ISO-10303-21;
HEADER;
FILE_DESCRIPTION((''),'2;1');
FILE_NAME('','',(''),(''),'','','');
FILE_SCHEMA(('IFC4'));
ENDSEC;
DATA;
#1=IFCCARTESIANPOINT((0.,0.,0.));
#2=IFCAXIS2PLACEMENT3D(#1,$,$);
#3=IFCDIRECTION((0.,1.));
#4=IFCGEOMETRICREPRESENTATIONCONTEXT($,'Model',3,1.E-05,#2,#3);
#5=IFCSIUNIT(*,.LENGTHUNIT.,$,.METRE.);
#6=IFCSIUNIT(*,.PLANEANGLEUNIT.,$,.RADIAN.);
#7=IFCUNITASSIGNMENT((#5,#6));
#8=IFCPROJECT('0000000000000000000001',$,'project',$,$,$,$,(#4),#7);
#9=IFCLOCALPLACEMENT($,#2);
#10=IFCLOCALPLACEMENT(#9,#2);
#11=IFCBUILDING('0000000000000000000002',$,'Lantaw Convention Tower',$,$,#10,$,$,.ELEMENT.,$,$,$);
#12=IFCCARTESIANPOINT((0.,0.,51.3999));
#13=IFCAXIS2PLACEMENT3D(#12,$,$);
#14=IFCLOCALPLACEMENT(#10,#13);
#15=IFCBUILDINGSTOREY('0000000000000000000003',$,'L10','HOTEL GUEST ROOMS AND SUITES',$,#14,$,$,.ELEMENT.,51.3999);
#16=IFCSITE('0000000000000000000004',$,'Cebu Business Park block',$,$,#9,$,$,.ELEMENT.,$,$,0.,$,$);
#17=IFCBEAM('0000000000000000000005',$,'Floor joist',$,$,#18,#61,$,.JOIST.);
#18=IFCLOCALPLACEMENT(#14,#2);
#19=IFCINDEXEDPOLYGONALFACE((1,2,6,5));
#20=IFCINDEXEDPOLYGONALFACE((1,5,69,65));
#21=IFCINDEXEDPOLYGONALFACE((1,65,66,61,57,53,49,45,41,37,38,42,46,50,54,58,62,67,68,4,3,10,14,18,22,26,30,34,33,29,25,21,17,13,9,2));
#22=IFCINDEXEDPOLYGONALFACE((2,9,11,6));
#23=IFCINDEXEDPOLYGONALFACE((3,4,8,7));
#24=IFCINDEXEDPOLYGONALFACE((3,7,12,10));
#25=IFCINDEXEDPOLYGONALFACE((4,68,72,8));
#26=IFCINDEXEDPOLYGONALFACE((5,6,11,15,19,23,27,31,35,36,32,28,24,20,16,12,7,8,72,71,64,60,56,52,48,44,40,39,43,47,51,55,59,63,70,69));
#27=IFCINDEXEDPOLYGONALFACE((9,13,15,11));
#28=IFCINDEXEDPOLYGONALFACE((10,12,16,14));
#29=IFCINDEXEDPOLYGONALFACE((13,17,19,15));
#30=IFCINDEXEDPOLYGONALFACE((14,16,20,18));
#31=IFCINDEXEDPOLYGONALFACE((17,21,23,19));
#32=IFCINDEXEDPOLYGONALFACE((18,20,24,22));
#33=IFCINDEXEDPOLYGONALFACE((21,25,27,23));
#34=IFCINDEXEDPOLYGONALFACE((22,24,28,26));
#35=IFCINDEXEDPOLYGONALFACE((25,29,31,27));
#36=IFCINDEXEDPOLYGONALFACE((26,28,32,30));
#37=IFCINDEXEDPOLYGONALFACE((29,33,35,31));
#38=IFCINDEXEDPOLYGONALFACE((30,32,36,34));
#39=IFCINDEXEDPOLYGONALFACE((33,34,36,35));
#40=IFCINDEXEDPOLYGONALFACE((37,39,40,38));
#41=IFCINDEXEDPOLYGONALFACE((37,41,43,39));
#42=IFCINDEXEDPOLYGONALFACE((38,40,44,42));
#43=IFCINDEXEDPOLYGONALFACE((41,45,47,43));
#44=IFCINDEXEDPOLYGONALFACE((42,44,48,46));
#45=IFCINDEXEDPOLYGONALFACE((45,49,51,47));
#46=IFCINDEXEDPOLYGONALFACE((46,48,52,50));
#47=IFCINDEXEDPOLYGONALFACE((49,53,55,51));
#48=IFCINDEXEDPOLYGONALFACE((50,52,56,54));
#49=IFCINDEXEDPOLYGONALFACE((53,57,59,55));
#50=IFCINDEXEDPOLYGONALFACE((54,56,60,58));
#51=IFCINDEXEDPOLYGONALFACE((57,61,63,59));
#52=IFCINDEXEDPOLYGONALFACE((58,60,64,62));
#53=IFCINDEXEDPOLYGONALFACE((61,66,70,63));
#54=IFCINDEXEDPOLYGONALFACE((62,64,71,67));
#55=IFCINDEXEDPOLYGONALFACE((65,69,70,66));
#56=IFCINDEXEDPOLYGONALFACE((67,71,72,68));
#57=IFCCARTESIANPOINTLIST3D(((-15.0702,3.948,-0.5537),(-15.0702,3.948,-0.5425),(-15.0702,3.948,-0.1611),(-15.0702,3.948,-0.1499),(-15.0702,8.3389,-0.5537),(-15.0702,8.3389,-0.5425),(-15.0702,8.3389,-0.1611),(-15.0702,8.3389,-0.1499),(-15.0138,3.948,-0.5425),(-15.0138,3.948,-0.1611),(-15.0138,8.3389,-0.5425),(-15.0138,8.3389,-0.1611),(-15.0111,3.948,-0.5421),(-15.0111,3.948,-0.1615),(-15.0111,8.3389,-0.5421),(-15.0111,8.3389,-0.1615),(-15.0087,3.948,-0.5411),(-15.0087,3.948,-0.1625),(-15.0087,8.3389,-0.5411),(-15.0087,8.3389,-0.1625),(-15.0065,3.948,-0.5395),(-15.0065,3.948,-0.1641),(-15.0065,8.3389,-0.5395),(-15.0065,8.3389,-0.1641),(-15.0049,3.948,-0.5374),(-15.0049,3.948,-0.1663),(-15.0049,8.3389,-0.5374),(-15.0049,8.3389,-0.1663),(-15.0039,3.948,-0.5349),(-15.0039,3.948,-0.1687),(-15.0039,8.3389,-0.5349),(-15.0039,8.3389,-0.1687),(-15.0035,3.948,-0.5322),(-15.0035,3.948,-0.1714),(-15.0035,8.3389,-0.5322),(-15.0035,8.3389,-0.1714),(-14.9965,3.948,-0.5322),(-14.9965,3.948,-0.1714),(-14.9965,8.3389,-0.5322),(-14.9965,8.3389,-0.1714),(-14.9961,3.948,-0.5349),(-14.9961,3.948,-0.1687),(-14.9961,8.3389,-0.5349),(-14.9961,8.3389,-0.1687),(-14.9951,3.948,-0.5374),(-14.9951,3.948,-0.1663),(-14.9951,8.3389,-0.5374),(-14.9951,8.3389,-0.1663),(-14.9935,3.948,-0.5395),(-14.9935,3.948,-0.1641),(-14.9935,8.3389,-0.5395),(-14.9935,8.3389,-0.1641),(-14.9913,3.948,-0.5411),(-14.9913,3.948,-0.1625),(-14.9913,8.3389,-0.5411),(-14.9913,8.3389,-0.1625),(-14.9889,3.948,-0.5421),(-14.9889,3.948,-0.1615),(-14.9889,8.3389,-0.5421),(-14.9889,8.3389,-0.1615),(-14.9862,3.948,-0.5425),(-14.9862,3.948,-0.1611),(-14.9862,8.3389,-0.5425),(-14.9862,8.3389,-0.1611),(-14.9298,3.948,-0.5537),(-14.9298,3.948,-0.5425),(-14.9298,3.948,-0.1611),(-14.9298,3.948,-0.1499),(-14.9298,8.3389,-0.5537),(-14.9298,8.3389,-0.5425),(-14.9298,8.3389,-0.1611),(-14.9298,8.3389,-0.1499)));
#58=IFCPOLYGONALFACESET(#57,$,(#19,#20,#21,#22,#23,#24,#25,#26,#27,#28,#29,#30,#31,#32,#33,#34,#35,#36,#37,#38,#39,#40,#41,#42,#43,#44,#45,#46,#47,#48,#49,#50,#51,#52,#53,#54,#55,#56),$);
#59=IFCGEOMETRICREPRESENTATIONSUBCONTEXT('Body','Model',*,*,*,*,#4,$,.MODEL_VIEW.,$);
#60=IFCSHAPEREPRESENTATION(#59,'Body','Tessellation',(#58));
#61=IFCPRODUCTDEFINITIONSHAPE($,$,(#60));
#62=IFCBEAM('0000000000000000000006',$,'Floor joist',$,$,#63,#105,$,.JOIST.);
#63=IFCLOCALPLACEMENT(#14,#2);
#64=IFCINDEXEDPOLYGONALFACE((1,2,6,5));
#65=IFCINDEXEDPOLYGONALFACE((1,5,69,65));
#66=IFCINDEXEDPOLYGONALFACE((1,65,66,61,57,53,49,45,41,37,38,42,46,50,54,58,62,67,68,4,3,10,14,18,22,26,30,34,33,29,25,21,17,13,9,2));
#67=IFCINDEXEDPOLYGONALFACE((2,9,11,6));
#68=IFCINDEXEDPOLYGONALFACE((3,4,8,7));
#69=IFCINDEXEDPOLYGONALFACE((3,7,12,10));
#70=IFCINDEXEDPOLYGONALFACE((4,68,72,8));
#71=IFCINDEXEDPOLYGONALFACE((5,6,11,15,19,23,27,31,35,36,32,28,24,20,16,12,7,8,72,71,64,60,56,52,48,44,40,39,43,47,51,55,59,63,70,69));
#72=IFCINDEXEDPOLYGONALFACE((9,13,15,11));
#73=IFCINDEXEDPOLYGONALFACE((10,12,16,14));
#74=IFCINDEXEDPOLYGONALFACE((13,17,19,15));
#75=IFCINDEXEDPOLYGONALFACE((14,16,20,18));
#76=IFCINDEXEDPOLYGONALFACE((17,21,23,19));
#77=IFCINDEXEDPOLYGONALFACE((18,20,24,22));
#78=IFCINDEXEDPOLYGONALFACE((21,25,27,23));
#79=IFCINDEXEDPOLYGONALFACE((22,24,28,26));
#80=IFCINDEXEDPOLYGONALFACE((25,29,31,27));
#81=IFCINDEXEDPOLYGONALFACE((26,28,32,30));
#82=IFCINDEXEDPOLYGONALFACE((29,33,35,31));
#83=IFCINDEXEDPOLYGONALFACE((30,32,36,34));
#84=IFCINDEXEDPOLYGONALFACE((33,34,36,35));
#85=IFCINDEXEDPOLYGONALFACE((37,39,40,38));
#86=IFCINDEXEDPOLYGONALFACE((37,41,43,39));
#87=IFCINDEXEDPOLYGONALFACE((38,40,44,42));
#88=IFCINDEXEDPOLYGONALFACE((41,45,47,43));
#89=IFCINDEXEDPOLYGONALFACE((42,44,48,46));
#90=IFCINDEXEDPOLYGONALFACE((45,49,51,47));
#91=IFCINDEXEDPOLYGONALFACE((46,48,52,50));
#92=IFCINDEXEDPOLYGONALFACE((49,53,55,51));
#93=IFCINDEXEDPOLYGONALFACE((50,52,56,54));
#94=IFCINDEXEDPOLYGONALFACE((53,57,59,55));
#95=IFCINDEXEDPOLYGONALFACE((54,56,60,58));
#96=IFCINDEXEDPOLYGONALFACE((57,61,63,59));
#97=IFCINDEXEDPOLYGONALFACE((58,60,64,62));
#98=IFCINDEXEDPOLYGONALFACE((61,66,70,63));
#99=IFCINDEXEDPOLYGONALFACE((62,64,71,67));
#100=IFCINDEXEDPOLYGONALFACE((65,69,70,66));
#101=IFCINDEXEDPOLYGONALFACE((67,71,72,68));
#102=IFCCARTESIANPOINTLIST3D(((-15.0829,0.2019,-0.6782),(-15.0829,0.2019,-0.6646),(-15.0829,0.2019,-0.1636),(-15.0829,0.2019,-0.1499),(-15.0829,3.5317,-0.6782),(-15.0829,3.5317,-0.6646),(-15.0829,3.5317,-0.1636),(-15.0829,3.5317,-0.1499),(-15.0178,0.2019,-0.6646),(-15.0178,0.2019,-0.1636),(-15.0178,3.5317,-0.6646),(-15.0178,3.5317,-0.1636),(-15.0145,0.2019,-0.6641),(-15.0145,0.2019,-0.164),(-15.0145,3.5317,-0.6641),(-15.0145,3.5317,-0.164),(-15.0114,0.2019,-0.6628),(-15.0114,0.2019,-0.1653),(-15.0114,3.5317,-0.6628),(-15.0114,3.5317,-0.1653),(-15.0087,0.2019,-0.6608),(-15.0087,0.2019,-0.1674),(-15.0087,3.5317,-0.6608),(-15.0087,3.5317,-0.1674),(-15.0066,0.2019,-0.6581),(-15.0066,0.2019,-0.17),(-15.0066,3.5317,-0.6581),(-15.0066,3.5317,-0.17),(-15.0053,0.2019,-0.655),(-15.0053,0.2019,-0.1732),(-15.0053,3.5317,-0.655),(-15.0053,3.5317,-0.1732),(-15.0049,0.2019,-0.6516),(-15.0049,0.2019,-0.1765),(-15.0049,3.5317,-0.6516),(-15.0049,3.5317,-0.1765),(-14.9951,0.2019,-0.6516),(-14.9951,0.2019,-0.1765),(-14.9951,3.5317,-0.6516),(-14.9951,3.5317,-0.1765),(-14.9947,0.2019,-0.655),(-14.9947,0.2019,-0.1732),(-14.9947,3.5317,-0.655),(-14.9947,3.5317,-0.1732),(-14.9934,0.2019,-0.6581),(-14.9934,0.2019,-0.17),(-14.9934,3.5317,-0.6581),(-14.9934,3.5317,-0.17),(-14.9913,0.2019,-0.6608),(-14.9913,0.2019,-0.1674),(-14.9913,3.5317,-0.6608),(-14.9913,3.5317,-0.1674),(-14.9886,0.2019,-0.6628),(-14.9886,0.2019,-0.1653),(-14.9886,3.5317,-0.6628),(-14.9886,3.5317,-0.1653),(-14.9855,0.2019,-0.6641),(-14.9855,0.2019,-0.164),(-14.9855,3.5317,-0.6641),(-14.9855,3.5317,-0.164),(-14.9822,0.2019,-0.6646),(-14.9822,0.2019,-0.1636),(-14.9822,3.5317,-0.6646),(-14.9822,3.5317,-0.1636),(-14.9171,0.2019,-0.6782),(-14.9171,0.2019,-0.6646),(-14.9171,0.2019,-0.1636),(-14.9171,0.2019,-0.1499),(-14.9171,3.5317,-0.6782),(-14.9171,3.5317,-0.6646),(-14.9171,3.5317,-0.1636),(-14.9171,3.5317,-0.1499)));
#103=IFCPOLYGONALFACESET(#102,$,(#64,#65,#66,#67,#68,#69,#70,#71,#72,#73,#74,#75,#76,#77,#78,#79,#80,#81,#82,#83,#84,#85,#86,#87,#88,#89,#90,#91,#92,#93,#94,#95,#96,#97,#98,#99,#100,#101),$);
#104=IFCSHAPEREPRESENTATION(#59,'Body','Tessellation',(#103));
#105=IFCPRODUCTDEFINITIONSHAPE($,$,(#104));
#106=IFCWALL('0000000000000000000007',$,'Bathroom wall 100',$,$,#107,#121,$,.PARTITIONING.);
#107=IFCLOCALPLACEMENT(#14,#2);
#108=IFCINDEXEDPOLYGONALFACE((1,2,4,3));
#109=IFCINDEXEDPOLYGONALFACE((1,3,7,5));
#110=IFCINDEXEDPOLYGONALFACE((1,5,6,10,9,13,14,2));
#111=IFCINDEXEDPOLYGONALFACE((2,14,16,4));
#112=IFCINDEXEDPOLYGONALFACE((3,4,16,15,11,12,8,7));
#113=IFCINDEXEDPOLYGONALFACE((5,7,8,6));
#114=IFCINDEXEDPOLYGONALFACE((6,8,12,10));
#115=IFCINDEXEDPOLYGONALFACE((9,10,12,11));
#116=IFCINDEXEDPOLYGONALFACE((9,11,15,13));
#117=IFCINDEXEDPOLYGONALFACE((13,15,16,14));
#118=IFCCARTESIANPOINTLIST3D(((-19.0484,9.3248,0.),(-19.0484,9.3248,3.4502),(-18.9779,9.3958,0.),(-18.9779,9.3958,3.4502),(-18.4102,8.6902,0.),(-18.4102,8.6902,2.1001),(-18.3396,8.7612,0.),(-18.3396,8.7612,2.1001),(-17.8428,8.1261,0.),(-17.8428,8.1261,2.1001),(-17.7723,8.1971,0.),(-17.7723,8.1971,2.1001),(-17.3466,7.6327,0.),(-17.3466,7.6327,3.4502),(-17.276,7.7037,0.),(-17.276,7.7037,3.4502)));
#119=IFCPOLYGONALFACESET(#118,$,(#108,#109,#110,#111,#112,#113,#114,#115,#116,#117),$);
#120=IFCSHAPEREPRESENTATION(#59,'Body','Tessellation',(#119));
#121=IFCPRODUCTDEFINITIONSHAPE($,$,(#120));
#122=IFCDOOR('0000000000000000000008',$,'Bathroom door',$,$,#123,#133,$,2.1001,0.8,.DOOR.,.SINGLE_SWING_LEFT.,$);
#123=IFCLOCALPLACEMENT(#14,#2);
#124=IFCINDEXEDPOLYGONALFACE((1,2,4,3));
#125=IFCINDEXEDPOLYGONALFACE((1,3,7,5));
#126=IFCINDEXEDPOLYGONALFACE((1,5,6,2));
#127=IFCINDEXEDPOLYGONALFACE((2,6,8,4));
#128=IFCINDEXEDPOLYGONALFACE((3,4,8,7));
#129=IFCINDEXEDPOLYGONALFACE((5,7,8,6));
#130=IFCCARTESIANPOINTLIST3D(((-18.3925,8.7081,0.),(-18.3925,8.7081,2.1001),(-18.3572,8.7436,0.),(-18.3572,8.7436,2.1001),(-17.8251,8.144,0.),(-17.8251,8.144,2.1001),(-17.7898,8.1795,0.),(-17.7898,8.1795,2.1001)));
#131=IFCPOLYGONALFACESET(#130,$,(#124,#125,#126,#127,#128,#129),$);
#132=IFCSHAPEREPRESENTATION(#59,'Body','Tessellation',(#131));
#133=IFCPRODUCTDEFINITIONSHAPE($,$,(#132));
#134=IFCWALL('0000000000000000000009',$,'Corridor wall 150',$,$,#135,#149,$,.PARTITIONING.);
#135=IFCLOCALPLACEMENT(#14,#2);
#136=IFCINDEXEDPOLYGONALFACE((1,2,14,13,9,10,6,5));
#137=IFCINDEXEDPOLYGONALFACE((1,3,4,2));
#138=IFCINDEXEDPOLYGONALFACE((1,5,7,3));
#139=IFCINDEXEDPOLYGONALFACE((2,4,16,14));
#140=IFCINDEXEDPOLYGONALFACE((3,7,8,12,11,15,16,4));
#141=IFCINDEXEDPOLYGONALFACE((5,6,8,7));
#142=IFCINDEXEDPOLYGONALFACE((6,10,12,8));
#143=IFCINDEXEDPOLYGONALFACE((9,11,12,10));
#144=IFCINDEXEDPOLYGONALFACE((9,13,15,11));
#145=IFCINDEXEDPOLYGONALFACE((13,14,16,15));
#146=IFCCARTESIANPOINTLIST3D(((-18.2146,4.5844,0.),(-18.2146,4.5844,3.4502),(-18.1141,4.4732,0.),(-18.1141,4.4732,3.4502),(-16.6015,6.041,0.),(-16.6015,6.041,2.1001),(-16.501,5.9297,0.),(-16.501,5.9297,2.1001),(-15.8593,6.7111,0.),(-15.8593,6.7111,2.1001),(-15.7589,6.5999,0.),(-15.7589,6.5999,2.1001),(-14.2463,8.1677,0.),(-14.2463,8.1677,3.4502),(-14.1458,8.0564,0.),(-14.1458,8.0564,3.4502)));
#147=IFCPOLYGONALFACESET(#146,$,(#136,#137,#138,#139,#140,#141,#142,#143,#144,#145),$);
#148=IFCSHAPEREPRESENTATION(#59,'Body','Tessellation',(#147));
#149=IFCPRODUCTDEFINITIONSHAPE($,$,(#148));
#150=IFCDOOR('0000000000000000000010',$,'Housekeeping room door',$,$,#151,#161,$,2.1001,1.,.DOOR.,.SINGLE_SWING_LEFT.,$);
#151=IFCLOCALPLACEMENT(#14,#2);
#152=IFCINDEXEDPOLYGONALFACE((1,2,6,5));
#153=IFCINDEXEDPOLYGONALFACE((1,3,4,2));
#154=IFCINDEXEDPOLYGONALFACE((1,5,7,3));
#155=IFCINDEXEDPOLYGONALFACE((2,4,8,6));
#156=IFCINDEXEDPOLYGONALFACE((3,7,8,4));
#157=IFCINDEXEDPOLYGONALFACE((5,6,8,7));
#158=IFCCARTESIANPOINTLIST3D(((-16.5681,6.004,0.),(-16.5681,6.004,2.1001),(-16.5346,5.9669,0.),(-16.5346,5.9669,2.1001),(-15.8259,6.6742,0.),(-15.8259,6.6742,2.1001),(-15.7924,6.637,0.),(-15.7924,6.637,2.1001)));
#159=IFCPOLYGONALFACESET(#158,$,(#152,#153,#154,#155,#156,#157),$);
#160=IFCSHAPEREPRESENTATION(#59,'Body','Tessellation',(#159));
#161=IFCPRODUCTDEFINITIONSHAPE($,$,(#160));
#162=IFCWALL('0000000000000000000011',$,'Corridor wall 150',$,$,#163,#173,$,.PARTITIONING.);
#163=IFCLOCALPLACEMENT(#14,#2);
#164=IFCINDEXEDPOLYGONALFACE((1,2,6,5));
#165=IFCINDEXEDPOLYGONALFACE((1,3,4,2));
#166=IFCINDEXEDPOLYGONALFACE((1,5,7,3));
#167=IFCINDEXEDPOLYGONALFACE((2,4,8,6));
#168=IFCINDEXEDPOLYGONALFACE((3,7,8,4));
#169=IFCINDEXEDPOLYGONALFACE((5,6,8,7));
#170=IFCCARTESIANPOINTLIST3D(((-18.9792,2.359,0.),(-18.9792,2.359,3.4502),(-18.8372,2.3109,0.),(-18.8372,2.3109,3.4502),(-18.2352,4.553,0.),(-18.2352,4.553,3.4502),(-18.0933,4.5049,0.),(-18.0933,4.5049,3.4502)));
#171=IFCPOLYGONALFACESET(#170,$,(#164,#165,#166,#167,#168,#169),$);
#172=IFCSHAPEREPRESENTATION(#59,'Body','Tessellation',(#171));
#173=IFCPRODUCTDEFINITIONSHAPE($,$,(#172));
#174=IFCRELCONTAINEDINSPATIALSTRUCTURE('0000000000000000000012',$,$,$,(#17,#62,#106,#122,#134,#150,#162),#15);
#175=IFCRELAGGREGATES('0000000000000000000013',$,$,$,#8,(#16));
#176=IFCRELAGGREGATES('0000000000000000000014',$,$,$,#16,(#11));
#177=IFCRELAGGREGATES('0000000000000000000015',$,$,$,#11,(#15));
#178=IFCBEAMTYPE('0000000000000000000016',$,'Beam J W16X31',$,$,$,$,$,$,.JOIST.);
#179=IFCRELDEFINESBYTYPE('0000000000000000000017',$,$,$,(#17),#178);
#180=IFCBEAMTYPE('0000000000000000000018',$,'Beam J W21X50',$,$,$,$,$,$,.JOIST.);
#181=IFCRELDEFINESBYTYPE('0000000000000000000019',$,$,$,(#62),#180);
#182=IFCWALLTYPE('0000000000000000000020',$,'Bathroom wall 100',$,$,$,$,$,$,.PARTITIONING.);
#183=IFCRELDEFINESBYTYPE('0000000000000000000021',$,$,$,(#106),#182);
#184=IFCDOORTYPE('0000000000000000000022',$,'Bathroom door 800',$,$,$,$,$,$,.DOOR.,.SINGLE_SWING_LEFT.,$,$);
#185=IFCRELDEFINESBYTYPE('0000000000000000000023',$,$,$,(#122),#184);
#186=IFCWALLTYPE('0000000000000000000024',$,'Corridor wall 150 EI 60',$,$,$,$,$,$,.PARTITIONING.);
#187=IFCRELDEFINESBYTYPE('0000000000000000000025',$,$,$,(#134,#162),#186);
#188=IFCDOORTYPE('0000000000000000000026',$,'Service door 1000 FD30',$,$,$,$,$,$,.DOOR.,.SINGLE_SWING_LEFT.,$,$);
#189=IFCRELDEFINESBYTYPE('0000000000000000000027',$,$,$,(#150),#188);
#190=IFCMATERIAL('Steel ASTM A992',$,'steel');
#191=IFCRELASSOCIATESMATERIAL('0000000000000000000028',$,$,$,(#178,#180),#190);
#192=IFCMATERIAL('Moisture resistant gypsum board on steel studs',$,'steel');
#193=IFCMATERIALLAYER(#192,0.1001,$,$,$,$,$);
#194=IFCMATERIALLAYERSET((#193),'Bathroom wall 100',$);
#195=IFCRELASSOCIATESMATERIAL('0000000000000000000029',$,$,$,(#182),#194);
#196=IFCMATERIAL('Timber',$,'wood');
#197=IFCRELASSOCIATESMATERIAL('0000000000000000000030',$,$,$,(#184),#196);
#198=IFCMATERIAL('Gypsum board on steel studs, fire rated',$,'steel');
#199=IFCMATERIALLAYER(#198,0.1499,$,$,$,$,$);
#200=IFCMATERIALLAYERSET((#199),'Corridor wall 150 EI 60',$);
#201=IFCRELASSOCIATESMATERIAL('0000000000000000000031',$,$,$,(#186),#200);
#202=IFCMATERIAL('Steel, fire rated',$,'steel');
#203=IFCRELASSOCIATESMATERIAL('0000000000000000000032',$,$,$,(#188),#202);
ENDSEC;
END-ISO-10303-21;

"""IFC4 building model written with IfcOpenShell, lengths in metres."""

from ifc_helpers import new_model, si_unit, direction, frame, frame_2d, origin, origin_2d, place, context, subcontext, project, spatial, rectangle, i_section, extrude, material, layer, layer_set, material_profile, profile_set, type_object, element, fill, save


model = new_model("IFC4")

# Units and contexts
model_context = context("Model", 3, precision=1e-05, world=origin(), true_north=direction((0.0, 1.0)))
body_context = subcontext(model_context, "Body", "Model", "MODEL_VIEW")
ifc_project = project(units=[si_unit("LENGTHUNIT", "METRE"), si_unit("PLANEANGLEUNIT", "RADIAN")], contexts=[model_context])

# Site, building, storey
site_placement = place(None, origin())
site = spatial("IfcSite", under=ifc_project, at=site_placement, Name="Cebu Business Park block", CompositionType="ELEMENT", RefElevation=0.0)
building_placement = place(site_placement, origin())
building = spatial("IfcBuilding", under=site, at=building_placement, Name="Lantaw Convention Tower", CompositionType="ELEMENT")
storey_placement = place(building_placement, frame((0.0, 0.0, 51.3999)))
storey = spatial("IfcBuildingStorey", under=building, at=storey_placement, Name="L10", Description="HOTEL GUEST ROOMS AND SUITES", CompositionType="ELEMENT", Elevation=51.3999)

# Beams
ifc_material_1 = material(Name="Steel ASTM A992", Category="steel")
ifc_material_profile_1 = material_profile(ifc_material_1, i_section(OverallWidth=0.1404, OverallDepth=0.4038, WebThickness=0.0071, FlangeThickness=0.0112, FilletRadius=0.0103, at=origin_2d()), Name="W16X31")
ifc_profile_set_1 = profile_set([ifc_material_profile_1], Name="Steel ASTM A992")
beam_type_1 = type_object("IfcBeamType", Name="Beam J W16X31", PredefinedType="JOIST", material=ifc_profile_set_1)
beam_1_placement = place(storey_placement, frame((-15.0, 3.948, -0.3518), z_axis=(0.0, 1.0, 0.0), x_axis=(-1.0, 0.0, 0.0)))
element("IfcBeam", 1, at=beam_1_placement, inside=storey, type_object=beam_type_1, Name="Floor joist", PredefinedType="JOIST", context=body_context, shape_type="SweptSolid", body=[
    extrude(i_section(OverallWidth=0.1404, OverallDepth=0.4038, WebThickness=0.0071, FlangeThickness=0.0112, FilletRadius=0.0103, at=origin_2d()), origin(), (0.0, 0.0, 1.0), 4.3909),
])
ifc_material_profile_2 = material_profile(ifc_material_1, i_section(OverallWidth=0.1658, OverallDepth=0.5283, WebThickness=0.0098, FlangeThickness=0.0137, FilletRadius=0.0129, at=origin_2d()), Name="W21X50")
ifc_profile_set_2 = profile_set([ifc_material_profile_2], Name="Steel ASTM A992")
beam_type_2 = type_object("IfcBeamType", Name="Beam J W21X50", PredefinedType="JOIST", material=ifc_profile_set_2)
beam_2_placement = place(storey_placement, frame((-15.0, 0.2019, -0.4141), z_axis=(0.0, 1.0, 0.0), x_axis=(-1.0, 0.0, 0.0)))
element("IfcBeam", 2, at=beam_2_placement, inside=storey, type_object=beam_type_2, Name="Floor joist", PredefinedType="JOIST", context=body_context, shape_type="SweptSolid", body=[
    extrude(i_section(OverallWidth=0.1658, OverallDepth=0.5283, WebThickness=0.0098, FlangeThickness=0.0137, FilletRadius=0.0129, at=origin_2d()), origin(), (0.0, 0.0, 1.0), 3.3298),
])

# Walls, openings, doors
ifc_material_2 = material(Name="Moisture resistant gypsum board on steel studs", Category="steel")
ifc_layer_1 = layer(ifc_material_2, 0.1001)
ifc_layer_set_1 = layer_set([ifc_layer_1], Name="Bathroom wall 100")
wall_type_1 = type_object("IfcWallType", Name="Bathroom wall 100", PredefinedType="PARTITIONING", material=ifc_layer_set_1)
wall_1_placement = place(storey_placement, frame((-17.3113, 7.6682, 0.0), z_axis=(0.0, 0.0, 1.0), x_axis=(-0.709138, 0.705069, 0.0)))
wall_1 = element("IfcWall", 3, at=wall_1_placement, inside=storey, type_object=wall_type_1, Name="Bathroom wall 100", PredefinedType="PARTITIONING", context=body_context, shape_type="SweptSolid", body=[
    extrude(rectangle(XDim=2.3999, YDim=0.1001, at=frame_2d((1.2, 0.0))), origin(), (0.0, 0.0, 1.0), 3.4502),
])
opening_1_placement = place(wall_1_placement, frame((0.7, 0.0, 0.0)))
opening_1 = element("IfcOpeningElement", 4, at=opening_1_placement, cuts=wall_1, PredefinedType="OPENING", context=body_context, shape_type="SweptSolid", body=[
    extrude(rectangle(XDim=0.8, YDim=2.1001, at=frame_2d((0.3999, 1.05))), frame((0.0, 0.0601, 0.0), z_axis=(0.0, -1.0, 0.0), x_axis=(1.0, 0.0, 0.0)), (0.0, 0.0, 1.0), 0.1201),
])
ifc_material_3 = material(Name="Timber", Category="wood")
door_type_1 = type_object("IfcDoorType", Name="Bathroom door 800", OperationType="SINGLE_SWING_LEFT", PredefinedType="DOOR", material=ifc_material_3)
door_1_placement = place(opening_1_placement, origin())
door_1 = element("IfcDoor", 5, at=door_1_placement, inside=storey, type_object=door_type_1, Name="Bathroom door", OperationType="SINGLE_SWING_LEFT", OverallHeight=2.1001, OverallWidth=0.8, PredefinedType="DOOR", context=body_context, shape_type="SweptSolid", body=[
    extrude(rectangle(XDim=0.8, YDim=2.1001, at=frame_2d((0.3999, 1.05))), frame((0.0, 0.0249, 0.0), z_axis=(0.0, -1.0, 0.0), x_axis=(1.0, 0.0, 0.0)), (0.0, 0.0, 1.0), 0.05),
])
fill(opening_1, door_1)
ifc_material_4 = material(Name="Gypsum board on steel studs, fire rated", Category="steel")
ifc_layer_2 = layer(ifc_material_4, 0.1499)
ifc_layer_set_2 = layer_set([ifc_layer_2], Name="Corridor wall 150 EI 60")
wall_type_2 = type_object("IfcWallType", Name="Corridor wall 150 EI 60", PredefinedType="PARTITIONING", material=ifc_layer_set_2)
wall_2_placement = place(storey_placement, frame((-14.196, 8.1121, 0.0), z_axis=(0.0, 0.0, 1.0), x_axis=(-0.742194, -0.670185, 0.0)))
wall_2 = element("IfcWall", 6, at=wall_2_placement, inside=storey, type_object=wall_type_2, Name="Corridor wall 150", PredefinedType="PARTITIONING", context=body_context, shape_type="SweptSolid", body=[
    extrude(rectangle(XDim=5.3467, YDim=0.1499, at=frame_2d((2.6733, 0.0))), origin(), (0.0, 0.0, 1.0), 3.4502),
])
opening_2_placement = place(wall_2_placement, frame((2.1733, 0.0, 0.0)))
opening_2 = element("IfcOpeningElement", 7, at=opening_2_placement, cuts=wall_2, PredefinedType="OPENING", context=body_context, shape_type="SweptSolid", body=[
    extrude(rectangle(XDim=1.0, YDim=2.1001, at=frame_2d((0.5, 1.05))), frame((0.0, 0.085, 0.0), z_axis=(0.0, -1.0, 0.0), x_axis=(1.0, 0.0, 0.0)), (0.0, 0.0, 1.0), 0.1699),
])
ifc_material_5 = material(Name="Steel, fire rated", Category="steel")
door_type_2 = type_object("IfcDoorType", Name="Service door 1000 FD30", OperationType="SINGLE_SWING_LEFT", PredefinedType="DOOR", material=ifc_material_5)
door_2_placement = place(opening_2_placement, origin())
door_2 = element("IfcDoor", 8, at=door_2_placement, inside=storey, type_object=door_type_2, Name="Housekeeping room door", OperationType="SINGLE_SWING_LEFT", OverallHeight=2.1001, OverallWidth=1.0, PredefinedType="DOOR", context=body_context, shape_type="SweptSolid", body=[
    extrude(rectangle(XDim=1.0, YDim=2.1001, at=frame_2d((0.5, 1.05))), frame((0.0, 0.0249, 0.0), z_axis=(0.0, -1.0, 0.0), x_axis=(1.0, 0.0, 0.0)), (0.0, 0.0, 1.0), 0.05),
])
fill(opening_2, door_2)

# Wall
wall_3_placement = place(storey_placement, frame((-18.1643, 4.5288, 0.0), z_axis=(0.0, 0.0, 1.0), x_axis=(-0.321124, -0.947037, 0.0)))
element("IfcWall", 9, at=wall_3_placement, inside=storey, type_object=wall_type_2, Name="Corridor wall 150", PredefinedType="PARTITIONING", context=body_context, shape_type="SweptSolid", body=[
    extrude(rectangle(XDim=2.3167, YDim=0.1499, at=frame_2d((1.1582, 0.0))), origin(), (0.0, 0.0, 1.0), 3.4502),
])

save(model, "model.ifc")
